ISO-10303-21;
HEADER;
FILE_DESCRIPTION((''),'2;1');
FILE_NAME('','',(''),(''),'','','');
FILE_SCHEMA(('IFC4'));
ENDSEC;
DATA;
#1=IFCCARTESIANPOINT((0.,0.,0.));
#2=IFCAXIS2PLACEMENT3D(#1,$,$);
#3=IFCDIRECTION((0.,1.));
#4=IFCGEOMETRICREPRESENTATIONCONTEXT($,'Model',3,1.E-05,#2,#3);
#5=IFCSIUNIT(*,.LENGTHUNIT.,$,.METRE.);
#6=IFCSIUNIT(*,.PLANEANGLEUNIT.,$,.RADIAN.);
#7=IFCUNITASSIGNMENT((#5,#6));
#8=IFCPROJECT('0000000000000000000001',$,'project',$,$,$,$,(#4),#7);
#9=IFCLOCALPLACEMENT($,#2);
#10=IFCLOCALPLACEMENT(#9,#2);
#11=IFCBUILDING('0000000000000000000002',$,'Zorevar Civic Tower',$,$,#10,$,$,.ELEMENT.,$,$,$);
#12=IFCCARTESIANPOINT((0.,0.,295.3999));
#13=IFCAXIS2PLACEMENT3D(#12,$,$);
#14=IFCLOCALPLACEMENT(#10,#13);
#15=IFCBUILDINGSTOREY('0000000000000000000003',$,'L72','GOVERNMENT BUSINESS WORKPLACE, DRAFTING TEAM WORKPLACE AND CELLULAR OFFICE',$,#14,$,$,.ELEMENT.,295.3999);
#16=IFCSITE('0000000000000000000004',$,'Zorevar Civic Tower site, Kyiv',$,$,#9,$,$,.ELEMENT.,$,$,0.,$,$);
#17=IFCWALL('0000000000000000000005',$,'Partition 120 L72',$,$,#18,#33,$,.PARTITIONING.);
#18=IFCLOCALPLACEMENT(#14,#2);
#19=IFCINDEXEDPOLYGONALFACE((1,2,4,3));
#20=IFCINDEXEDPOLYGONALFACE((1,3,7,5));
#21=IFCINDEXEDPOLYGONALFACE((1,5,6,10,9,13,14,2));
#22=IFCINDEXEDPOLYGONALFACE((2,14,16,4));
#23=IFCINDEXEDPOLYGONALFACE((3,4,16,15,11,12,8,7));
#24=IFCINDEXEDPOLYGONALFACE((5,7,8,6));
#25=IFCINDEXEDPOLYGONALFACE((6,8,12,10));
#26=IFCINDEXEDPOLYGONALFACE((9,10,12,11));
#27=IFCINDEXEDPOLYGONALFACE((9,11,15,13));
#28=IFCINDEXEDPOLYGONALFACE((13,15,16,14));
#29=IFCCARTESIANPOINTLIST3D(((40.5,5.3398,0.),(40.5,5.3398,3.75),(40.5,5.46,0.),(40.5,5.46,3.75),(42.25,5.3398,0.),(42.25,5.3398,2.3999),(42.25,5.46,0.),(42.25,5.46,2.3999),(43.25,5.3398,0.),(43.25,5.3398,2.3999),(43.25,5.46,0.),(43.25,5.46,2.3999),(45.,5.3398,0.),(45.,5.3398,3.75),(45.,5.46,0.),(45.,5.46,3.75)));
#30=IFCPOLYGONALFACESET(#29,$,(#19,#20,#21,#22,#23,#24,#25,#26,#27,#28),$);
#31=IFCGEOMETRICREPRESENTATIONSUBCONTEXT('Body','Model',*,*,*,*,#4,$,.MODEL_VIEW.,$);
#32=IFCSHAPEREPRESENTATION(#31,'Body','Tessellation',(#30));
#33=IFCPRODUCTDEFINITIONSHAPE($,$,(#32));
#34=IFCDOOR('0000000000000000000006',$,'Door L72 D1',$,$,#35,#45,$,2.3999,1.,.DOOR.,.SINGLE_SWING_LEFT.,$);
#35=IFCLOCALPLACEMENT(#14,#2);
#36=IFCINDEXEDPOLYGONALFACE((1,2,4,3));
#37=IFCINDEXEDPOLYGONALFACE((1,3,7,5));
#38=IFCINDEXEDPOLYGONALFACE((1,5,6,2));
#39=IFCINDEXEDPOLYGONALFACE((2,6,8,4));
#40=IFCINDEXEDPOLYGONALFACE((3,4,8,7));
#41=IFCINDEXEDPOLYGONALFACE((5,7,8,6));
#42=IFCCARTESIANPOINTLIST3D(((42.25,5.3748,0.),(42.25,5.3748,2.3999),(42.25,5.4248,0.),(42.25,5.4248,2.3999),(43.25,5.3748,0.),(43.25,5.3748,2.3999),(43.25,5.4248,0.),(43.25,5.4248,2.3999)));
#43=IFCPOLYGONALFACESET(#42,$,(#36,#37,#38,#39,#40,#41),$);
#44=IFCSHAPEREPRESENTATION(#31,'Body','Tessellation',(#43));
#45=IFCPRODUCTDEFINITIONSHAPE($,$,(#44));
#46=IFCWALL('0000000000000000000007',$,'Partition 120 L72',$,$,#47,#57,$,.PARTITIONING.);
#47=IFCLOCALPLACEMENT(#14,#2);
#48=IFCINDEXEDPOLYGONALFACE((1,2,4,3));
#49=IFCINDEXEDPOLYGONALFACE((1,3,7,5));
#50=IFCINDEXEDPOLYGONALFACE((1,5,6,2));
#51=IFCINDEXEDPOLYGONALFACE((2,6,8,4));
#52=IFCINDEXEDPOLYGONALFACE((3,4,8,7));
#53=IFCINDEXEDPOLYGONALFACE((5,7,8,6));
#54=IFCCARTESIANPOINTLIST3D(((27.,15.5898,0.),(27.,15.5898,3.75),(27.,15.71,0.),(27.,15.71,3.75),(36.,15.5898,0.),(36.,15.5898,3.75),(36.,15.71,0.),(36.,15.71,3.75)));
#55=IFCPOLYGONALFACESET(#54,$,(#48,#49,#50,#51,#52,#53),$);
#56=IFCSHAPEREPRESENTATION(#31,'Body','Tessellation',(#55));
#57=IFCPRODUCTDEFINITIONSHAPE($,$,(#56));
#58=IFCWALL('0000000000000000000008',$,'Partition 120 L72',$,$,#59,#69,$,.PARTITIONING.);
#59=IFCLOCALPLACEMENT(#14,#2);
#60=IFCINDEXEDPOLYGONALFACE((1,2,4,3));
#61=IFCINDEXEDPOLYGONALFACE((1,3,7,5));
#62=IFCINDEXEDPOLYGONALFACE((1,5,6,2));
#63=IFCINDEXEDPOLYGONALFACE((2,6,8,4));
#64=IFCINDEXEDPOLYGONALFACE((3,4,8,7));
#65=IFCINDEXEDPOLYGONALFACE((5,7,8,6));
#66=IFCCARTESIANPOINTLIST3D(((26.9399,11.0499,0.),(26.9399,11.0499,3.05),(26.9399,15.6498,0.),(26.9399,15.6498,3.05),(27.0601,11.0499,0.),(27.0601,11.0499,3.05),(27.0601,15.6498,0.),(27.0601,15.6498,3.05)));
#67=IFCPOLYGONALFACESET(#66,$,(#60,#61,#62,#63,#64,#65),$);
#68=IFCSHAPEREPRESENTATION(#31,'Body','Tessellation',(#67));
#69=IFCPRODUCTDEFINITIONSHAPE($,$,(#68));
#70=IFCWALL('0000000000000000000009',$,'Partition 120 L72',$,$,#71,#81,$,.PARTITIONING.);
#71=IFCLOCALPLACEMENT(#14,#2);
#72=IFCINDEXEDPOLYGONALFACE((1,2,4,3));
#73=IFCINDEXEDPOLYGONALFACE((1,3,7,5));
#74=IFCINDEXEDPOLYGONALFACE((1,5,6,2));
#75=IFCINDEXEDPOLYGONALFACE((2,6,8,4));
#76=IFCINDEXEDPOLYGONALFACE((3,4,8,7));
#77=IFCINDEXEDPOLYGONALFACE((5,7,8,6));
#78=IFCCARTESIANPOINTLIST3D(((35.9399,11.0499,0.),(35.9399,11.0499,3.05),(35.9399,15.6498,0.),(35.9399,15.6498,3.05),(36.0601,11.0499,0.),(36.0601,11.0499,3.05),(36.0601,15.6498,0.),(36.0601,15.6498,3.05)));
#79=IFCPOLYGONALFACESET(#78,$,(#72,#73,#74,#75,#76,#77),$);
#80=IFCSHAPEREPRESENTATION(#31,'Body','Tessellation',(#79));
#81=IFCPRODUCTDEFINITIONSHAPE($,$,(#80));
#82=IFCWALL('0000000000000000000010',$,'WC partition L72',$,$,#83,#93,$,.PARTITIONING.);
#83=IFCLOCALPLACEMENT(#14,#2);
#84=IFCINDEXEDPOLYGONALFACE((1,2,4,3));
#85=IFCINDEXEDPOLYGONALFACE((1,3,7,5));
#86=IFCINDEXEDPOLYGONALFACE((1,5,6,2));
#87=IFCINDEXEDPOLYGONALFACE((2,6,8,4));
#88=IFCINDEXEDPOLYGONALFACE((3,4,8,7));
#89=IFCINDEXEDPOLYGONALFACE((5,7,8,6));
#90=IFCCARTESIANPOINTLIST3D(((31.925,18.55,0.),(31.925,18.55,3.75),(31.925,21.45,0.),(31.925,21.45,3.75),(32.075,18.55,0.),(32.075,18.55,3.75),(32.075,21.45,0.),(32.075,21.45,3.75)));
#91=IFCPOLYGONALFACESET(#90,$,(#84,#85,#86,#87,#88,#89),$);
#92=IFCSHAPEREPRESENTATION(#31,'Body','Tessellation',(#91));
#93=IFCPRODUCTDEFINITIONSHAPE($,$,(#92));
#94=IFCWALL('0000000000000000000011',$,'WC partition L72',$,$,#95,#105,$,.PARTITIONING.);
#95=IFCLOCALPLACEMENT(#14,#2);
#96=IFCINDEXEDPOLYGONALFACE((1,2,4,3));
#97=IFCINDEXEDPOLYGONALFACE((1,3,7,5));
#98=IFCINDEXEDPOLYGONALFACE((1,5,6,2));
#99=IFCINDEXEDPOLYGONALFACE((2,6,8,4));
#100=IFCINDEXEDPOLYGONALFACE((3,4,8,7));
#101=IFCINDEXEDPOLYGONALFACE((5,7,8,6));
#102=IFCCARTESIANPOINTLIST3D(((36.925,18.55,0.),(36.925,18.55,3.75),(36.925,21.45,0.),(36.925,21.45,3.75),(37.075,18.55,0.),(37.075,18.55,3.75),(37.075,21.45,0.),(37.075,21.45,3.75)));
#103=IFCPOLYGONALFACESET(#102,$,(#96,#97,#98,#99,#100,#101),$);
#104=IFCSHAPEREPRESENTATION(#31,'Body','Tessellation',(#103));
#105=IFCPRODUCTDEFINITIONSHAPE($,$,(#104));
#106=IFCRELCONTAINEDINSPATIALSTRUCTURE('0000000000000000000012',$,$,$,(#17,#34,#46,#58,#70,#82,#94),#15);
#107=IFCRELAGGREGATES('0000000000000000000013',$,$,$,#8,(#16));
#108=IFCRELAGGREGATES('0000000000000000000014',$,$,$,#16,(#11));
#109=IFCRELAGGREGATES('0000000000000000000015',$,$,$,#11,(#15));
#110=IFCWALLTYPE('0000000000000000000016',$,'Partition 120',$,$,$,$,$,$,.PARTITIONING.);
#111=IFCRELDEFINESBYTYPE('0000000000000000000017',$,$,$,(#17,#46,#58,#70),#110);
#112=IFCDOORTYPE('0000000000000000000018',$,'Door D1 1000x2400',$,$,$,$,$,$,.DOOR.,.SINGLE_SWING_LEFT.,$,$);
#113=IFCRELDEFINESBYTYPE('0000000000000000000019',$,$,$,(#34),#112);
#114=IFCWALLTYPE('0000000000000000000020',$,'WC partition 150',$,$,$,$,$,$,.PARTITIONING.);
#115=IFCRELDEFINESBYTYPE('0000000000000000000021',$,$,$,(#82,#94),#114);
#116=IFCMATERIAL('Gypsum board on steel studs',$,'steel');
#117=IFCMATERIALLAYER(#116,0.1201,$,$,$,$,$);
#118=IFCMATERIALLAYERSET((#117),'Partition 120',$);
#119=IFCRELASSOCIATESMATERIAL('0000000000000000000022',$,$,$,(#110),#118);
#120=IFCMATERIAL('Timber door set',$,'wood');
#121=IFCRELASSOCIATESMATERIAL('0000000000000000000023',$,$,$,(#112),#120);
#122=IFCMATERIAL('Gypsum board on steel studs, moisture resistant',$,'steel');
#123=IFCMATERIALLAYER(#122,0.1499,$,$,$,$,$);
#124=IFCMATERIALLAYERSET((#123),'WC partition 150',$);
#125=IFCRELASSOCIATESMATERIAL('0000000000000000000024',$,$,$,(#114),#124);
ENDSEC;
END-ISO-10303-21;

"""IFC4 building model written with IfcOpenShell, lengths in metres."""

from ifc_helpers import new_model, si_unit, direction, frame, frame_2d, origin, place, context, subcontext, project, spatial, rectangle, extrude, material, layer, layer_set, type_object, element, fill, save


model = new_model("IFC4")

# Units and contexts
model_context = context("Model", 3, precision=1e-05, world=origin(), true_north=direction((0.0, 1.0)))
body_context = subcontext(model_context, "Body", "Model", "MODEL_VIEW")
ifc_project = project(units=[si_unit("LENGTHUNIT", "METRE"), si_unit("PLANEANGLEUNIT", "RADIAN")], contexts=[model_context])

# Site, building, storey
site_placement = place(None, origin())
site = spatial("IfcSite", under=ifc_project, at=site_placement, Name="Zorevar Civic Tower site, Kyiv", CompositionType="ELEMENT", RefElevation=0.0)
building_placement = place(site_placement, origin())
building = spatial("IfcBuilding", under=site, at=building_placement, Name="Zorevar Civic Tower", CompositionType="ELEMENT")
storey_placement = place(building_placement, frame((0.0, 0.0, 295.3999)))
storey = spatial("IfcBuildingStorey", under=building, at=storey_placement, Name="L72", Description="GOVERNMENT BUSINESS WORKPLACE, DRAFTING TEAM WORKPLACE AND CELLULAR OFFICE", CompositionType="ELEMENT", Elevation=295.3999)

# Wall, opening, door
ifc_material_1 = material(Name="Gypsum board on steel studs", Category="steel")
ifc_layer_1 = layer(ifc_material_1, 0.1201)
ifc_layer_set_1 = layer_set([ifc_layer_1], Name="Partition 120")
wall_type_1 = type_object("IfcWallType", Name="Partition 120", PredefinedType="PARTITIONING", material=ifc_layer_set_1)
ifc_material_2 = material(Name="Timber door set", Category="wood")
door_type_1 = type_object("IfcDoorType", Name="Door D1 1000x2400", OperationType="SINGLE_SWING_LEFT", PredefinedType="DOOR", material=ifc_material_2)
wall_1_placement = place(storey_placement, frame((40.5, 5.3999, 0.0), z_axis=(0.0, 0.0, 1.0), x_axis=(1.0, 0.0, 0.0)))
wall_1 = element("IfcWall", 1, at=wall_1_placement, inside=storey, type_object=wall_type_1, Name="Partition 120 L72", PredefinedType="PARTITIONING", context=body_context, shape_type="SweptSolid", body=[
    extrude(rectangle(XDim=4.5, YDim=0.1201, at=frame_2d((2.25, 0.0))), origin(), (0.0, 0.0, 1.0), 3.75),
])
opening_1_placement = place(wall_1_placement, frame((1.75, 0.0, 0.0)))
opening_1 = element("IfcOpeningElement", 2, at=opening_1_placement, cuts=wall_1, PredefinedType="OPENING", context=body_context, shape_type="SweptSolid", body=[
    extrude(rectangle(XDim=1.0, YDim=2.3999, at=frame_2d((0.5, 1.2))), frame((0.0, 0.0701, 0.0), z_axis=(0.0, -1.0, 0.0), x_axis=(1.0, 0.0, 0.0)), (0.0, 0.0, 1.0), 0.1401),
])
door_1_placement = place(opening_1_placement, origin())
door_1 = element("IfcDoor", 3, at=door_1_placement, inside=storey, type_object=door_type_1, Name="Door L72 D1", OperationType="SINGLE_SWING_LEFT", OverallHeight=2.3999, OverallWidth=1.0, PredefinedType="DOOR", context=body_context, shape_type="SweptSolid", body=[
    extrude(rectangle(XDim=1.0, YDim=2.3999, at=frame_2d((0.5, 1.2))), frame((0.0, 0.0249, 0.0), z_axis=(0.0, -1.0, 0.0), x_axis=(1.0, 0.0, 0.0)), (0.0, 0.0, 1.0), 0.05),
])
fill(opening_1, door_1)

# Walls
wall_2_placement = place(storey_placement, frame((27.0, 15.6499, 0.0), z_axis=(0.0, 0.0, 1.0), x_axis=(1.0, 0.0, 0.0)))
element("IfcWall", 4, at=wall_2_placement, inside=storey, type_object=wall_type_1, Name="Partition 120 L72", PredefinedType="PARTITIONING", context=body_context, shape_type="SweptSolid", body=[
    extrude(rectangle(XDim=9.0, YDim=0.1201, at=frame_2d((4.5, 0.0))), origin(), (0.0, 0.0, 1.0), 3.75),
])
for number, where, z_axis, x_axis, name in (
    (5, (27.0, 11.05, 0.0), (0.0, 0.0, 1.0), (0.0, 1.0, 0.0), "Partition 120 L72"),
    (6, (36.0, 11.05, 0.0), (0.0, 0.0, 1.0), (0.0, 1.0, 0.0), "Partition 120 L72"),
):
    element("IfcWall", number, at=place(storey_placement, frame(where, z_axis=z_axis, x_axis=x_axis)), inside=storey, type_object=wall_type_1, Name=name, PredefinedType="PARTITIONING", context=body_context, shape_type="SweptSolid", body=[
        extrude(rectangle(XDim=4.5999, YDim=0.1201, at=frame_2d((2.2998, 0.0))), origin(), (0.0, 0.0, 1.0), 3.05),
    ])
ifc_material_3 = material(Name="Gypsum board on steel studs, moisture resistant", Category="steel")
ifc_layer_2 = layer(ifc_material_3, 0.1499)
ifc_layer_set_2 = layer_set([ifc_layer_2], Name="WC partition 150")
wall_type_2 = type_object("IfcWallType", Name="WC partition 150", PredefinedType="PARTITIONING", material=ifc_layer_set_2)
for number, where, z_axis, x_axis, name in (
    (7, (32.0, 18.55, 0.0), (0.0, 0.0, 1.0), (0.0, 1.0, 0.0), "WC partition L72"),
    (8, (37.0, 18.55, 0.0), (0.0, 0.0, 1.0), (0.0, 1.0, 0.0), "WC partition L72"),
):
    element("IfcWall", number, at=place(storey_placement, frame(where, z_axis=z_axis, x_axis=x_axis)), inside=storey, type_object=wall_type_2, Name=name, PredefinedType="PARTITIONING", context=body_context, shape_type="SweptSolid", body=[
        extrude(rectangle(XDim=2.8999, YDim=0.1499, at=frame_2d((1.45, 0.0))), origin(), (0.0, 0.0, 1.0), 3.75),
    ])

save(model, "model.ifc")
